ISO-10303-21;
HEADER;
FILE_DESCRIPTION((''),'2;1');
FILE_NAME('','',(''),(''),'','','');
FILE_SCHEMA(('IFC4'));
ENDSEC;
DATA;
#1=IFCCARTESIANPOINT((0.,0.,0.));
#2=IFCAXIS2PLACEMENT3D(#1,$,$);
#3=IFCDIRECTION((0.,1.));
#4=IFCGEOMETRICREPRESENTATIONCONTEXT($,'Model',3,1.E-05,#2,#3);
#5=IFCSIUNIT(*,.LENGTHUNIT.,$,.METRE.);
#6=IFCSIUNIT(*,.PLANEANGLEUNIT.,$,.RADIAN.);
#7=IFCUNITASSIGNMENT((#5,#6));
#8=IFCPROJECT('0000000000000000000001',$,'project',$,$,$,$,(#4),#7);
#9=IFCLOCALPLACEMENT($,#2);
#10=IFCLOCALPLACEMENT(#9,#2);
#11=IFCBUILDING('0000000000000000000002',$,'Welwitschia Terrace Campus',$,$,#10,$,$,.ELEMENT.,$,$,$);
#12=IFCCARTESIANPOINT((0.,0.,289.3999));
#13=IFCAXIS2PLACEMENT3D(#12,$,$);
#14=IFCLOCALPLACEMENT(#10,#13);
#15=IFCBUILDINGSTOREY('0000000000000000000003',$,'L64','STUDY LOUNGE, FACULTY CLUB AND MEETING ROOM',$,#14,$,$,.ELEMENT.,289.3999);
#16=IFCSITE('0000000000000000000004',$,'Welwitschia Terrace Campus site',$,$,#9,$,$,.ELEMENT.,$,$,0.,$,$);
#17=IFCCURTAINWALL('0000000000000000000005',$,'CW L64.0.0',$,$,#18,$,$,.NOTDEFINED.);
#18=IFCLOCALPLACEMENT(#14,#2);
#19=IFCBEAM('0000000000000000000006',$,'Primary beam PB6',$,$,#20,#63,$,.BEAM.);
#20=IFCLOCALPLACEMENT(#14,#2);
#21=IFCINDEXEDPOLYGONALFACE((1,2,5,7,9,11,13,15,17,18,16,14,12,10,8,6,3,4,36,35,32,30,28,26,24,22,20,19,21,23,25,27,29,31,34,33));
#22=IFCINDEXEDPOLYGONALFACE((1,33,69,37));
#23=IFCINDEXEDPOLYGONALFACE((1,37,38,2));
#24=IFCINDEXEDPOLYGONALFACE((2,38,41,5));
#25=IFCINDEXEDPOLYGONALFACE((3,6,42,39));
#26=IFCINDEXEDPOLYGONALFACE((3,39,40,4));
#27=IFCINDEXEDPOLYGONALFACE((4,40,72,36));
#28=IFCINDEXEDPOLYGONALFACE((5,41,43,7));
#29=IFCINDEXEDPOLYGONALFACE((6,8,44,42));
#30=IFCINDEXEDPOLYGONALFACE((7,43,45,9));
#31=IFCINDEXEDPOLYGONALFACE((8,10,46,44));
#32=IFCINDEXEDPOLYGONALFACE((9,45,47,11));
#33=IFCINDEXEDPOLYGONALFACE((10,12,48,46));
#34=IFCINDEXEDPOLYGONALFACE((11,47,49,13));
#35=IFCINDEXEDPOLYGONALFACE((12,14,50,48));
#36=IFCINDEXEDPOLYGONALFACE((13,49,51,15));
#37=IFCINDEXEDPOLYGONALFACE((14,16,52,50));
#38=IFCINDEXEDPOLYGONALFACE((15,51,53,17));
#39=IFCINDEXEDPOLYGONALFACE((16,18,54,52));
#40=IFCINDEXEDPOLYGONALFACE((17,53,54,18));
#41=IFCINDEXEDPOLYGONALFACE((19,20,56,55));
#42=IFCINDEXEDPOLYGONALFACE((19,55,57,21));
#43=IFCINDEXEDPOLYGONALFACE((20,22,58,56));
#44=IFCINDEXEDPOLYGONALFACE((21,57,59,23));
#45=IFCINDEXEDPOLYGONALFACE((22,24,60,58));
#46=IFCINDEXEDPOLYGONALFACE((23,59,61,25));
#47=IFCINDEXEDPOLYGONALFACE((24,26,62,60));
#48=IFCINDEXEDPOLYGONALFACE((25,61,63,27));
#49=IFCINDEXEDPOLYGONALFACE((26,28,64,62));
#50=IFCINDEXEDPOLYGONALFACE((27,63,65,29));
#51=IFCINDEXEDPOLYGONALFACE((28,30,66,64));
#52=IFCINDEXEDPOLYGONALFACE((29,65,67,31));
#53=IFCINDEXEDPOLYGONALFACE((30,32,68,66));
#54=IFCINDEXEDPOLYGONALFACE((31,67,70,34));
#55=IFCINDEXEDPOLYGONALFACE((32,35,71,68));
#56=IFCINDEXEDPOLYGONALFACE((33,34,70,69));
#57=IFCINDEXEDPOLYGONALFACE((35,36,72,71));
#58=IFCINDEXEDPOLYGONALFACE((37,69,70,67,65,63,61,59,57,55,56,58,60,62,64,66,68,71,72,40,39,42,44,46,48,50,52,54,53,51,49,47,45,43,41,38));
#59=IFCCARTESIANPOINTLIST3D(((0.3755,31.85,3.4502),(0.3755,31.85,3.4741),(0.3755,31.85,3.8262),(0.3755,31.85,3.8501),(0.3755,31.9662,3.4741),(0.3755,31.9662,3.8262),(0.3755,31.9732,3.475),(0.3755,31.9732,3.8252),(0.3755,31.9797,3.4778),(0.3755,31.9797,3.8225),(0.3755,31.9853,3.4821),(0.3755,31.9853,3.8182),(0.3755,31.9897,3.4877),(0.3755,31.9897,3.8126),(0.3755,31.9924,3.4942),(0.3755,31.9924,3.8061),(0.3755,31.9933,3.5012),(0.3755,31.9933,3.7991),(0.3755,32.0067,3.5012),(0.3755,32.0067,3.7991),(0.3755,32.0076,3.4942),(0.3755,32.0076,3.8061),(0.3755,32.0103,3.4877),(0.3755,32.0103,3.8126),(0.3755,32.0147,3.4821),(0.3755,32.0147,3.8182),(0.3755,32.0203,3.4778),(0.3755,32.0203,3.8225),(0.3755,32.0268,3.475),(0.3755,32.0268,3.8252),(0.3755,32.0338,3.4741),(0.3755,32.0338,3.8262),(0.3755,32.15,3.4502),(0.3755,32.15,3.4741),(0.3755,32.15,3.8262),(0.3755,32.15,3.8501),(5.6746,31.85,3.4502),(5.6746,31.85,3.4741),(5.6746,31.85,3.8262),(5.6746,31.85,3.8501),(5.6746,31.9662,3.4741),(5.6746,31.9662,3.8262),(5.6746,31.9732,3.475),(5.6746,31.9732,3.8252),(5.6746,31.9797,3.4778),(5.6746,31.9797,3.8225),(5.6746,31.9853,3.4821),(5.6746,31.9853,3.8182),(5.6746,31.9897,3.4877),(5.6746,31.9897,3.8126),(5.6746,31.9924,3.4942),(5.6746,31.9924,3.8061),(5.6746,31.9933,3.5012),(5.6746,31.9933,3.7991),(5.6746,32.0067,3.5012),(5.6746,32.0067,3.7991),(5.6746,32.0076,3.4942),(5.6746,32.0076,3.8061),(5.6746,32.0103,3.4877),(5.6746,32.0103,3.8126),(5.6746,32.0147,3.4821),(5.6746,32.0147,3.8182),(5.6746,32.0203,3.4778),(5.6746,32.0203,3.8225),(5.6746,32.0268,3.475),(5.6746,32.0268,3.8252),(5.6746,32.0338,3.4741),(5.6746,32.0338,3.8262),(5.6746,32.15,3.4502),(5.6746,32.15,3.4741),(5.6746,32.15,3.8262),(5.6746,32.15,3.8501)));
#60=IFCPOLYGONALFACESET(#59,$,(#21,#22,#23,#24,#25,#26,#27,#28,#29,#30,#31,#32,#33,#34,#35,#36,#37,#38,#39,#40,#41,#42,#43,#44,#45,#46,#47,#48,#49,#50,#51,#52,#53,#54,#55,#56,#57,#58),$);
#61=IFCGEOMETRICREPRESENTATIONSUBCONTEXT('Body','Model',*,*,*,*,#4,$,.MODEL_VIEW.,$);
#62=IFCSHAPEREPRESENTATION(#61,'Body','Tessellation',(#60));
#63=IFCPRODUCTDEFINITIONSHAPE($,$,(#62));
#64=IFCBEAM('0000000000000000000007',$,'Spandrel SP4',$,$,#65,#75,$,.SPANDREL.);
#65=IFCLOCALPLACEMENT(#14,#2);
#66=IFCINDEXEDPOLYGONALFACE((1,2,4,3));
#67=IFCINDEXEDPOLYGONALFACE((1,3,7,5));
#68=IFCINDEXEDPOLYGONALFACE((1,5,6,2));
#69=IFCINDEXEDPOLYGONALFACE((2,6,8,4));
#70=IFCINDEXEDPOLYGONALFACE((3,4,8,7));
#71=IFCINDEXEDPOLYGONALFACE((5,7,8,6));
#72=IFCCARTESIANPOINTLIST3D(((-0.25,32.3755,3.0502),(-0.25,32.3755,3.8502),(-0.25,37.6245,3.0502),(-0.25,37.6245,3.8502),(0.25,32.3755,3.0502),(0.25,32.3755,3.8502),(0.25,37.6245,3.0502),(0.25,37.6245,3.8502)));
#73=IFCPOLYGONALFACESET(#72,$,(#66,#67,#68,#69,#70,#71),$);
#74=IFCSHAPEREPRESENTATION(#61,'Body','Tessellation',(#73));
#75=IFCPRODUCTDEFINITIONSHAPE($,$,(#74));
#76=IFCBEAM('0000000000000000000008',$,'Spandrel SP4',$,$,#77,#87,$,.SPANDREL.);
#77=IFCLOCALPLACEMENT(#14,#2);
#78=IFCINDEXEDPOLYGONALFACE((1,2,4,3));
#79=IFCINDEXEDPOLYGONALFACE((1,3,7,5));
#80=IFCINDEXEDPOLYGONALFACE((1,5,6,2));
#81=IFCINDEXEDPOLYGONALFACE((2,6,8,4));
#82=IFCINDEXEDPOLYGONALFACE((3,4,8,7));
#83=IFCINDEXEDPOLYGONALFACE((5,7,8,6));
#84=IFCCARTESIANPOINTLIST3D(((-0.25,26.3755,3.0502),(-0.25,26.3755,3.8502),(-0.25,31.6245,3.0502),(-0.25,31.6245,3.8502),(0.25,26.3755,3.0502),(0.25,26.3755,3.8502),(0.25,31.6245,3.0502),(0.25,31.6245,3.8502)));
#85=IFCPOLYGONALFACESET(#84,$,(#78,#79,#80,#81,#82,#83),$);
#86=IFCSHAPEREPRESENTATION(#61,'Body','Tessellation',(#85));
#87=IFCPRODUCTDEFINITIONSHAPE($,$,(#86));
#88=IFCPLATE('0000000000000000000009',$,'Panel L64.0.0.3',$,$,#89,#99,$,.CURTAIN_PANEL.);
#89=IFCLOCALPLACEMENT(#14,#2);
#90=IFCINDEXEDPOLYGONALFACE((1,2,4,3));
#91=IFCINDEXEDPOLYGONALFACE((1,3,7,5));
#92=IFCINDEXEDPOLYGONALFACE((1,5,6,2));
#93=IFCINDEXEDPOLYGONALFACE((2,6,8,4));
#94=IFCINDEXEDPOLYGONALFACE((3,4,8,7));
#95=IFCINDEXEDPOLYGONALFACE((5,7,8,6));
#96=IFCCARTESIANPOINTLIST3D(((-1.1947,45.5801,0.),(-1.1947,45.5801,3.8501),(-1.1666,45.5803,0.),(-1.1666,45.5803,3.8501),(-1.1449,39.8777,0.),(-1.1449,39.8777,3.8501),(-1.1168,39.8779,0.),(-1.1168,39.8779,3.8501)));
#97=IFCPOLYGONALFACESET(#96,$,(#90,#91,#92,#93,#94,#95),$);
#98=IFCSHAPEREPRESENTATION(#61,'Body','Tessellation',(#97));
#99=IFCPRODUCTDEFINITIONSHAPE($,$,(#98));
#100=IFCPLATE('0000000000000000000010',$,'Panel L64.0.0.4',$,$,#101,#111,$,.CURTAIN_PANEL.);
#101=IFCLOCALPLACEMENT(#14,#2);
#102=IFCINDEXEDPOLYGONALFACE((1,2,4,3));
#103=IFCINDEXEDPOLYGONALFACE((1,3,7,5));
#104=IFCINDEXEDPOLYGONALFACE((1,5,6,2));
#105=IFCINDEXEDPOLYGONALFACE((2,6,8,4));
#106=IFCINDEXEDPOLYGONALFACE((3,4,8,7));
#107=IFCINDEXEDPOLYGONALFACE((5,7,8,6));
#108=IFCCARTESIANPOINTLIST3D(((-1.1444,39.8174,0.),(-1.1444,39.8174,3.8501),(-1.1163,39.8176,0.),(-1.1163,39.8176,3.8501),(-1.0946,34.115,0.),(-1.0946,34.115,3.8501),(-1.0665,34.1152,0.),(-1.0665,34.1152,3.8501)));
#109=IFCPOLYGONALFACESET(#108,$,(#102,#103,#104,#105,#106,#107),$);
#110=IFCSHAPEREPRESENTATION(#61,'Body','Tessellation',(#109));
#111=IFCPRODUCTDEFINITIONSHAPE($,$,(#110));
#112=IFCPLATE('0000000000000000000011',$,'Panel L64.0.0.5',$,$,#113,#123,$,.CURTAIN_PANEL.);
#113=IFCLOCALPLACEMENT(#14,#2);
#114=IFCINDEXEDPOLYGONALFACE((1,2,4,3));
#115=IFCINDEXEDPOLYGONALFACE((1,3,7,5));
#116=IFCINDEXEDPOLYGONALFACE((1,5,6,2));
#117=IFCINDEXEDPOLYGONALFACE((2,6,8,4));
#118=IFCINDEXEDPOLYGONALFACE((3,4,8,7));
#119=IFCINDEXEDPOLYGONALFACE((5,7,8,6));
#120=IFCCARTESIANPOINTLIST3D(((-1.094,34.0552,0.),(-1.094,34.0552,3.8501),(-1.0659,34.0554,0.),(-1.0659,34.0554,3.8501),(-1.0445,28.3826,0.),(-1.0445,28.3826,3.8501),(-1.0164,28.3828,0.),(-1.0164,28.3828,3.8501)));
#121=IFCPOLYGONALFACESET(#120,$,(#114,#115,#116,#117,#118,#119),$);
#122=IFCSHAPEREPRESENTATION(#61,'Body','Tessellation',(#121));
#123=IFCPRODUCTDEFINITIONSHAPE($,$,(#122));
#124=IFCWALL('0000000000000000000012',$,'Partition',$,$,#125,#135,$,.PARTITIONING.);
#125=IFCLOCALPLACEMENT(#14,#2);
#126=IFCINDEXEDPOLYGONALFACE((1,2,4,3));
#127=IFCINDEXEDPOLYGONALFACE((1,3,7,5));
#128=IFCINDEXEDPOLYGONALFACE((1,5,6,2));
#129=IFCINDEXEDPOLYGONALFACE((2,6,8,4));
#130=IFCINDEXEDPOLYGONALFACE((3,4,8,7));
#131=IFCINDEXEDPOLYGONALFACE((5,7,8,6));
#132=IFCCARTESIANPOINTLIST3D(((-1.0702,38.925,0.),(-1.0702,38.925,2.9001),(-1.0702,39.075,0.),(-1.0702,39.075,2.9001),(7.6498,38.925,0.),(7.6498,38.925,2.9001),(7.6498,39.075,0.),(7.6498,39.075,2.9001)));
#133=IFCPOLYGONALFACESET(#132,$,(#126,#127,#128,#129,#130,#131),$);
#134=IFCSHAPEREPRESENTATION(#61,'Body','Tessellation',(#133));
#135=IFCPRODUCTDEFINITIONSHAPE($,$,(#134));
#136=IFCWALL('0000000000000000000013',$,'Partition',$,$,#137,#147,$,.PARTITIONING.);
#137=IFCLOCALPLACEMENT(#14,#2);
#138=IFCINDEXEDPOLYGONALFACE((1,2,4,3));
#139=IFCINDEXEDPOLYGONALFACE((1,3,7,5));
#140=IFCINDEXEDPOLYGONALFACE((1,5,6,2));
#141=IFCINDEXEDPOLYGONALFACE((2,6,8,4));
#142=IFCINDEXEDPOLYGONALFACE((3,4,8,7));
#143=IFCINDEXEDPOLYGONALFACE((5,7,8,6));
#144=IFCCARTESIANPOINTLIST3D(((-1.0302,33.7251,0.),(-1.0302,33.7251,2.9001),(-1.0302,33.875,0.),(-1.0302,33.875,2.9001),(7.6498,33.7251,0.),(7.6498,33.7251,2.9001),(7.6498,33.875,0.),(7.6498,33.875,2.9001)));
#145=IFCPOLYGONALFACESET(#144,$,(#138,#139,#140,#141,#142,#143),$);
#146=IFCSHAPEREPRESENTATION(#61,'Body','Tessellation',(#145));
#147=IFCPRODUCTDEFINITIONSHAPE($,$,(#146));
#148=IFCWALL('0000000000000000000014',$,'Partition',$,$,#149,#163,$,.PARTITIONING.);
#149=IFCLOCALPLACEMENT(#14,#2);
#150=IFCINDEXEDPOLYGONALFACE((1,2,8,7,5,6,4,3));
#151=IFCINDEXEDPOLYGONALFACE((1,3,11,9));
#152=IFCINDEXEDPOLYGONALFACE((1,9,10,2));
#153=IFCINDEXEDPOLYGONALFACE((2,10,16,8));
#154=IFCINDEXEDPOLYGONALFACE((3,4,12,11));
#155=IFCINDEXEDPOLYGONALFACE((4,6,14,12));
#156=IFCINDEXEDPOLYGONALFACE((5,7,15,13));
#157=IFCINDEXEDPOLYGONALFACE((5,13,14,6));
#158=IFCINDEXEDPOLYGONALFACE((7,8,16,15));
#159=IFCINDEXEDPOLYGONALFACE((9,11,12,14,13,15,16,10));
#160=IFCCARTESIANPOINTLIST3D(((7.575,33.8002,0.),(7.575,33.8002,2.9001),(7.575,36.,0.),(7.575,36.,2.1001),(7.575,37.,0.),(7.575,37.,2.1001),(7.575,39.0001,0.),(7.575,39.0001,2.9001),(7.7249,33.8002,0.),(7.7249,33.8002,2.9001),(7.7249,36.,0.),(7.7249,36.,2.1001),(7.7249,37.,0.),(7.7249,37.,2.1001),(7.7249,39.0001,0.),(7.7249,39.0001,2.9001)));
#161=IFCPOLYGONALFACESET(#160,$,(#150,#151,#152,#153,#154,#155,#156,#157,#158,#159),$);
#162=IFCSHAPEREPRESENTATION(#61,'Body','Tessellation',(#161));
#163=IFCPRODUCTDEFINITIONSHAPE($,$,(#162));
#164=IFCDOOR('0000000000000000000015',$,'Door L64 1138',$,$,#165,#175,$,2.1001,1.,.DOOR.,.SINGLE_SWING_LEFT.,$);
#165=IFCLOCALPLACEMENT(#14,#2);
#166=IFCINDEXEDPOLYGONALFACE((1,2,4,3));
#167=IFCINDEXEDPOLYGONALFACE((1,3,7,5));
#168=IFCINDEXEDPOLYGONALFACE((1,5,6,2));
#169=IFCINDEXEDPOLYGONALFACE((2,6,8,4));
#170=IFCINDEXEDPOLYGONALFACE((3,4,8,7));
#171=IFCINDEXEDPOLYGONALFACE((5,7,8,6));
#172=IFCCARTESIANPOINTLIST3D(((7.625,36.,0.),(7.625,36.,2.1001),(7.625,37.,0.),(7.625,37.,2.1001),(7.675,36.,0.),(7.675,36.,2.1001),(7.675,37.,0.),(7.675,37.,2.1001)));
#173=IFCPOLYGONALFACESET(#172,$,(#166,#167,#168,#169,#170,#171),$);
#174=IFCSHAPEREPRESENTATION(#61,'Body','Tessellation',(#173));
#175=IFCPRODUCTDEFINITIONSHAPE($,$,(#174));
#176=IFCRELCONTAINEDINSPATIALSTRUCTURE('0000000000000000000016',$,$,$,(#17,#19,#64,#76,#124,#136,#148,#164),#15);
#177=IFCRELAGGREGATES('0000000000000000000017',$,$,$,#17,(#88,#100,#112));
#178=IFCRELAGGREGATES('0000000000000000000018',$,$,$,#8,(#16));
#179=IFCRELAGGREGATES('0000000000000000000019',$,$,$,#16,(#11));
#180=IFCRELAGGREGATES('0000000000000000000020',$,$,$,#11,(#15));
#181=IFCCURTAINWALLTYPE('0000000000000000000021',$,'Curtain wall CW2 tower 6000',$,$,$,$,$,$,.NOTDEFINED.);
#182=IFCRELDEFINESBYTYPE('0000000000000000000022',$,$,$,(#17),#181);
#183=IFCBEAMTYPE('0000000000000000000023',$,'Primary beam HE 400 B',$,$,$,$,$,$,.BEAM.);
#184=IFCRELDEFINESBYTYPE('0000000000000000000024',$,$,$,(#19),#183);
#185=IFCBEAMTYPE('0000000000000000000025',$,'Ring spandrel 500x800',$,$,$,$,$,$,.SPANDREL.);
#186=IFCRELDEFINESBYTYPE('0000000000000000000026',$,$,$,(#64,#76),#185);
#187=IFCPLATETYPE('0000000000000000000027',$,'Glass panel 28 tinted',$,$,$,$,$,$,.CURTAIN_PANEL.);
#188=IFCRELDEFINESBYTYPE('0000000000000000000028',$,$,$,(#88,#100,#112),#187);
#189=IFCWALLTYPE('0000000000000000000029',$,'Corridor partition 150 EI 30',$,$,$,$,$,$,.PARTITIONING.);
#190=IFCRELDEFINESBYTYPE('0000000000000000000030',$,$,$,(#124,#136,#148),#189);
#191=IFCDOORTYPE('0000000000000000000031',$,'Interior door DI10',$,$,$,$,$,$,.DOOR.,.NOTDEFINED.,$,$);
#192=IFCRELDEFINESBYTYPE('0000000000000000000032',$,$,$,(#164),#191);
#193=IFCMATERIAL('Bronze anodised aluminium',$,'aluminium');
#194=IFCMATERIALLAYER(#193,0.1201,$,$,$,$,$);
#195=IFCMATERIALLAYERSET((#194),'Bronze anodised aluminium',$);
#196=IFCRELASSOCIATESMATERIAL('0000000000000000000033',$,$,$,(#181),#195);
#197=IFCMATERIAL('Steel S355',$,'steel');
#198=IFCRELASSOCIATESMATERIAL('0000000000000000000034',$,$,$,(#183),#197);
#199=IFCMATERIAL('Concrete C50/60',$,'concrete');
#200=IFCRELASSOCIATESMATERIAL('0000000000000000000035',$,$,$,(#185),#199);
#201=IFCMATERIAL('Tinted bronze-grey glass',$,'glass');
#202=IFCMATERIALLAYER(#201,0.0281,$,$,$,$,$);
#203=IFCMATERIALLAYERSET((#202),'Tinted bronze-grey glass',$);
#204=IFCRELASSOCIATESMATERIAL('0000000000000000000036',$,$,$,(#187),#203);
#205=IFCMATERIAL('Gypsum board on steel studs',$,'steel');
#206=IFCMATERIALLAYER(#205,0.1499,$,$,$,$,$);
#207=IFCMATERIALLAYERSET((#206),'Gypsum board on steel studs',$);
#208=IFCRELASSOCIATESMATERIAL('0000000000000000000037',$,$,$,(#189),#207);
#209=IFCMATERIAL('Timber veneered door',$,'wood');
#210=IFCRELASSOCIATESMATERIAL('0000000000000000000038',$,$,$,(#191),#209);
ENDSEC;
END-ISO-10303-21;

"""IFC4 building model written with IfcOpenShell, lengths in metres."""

from ifc_helpers import new_model, si_unit, direction, frame, frame_2d, origin, origin_2d, place, context, subcontext, project, spatial, rectangle, i_section, extrude, material, layer, layer_set, material_profile, profile_set, type_object, element, fill, aggregate, save


model = new_model("IFC4")

# Units and contexts
model_context = context("Model", 3, precision=1e-05, world=origin(), true_north=direction((0.0, 1.0)))
body_context = subcontext(model_context, "Body", "Model", "MODEL_VIEW")
ifc_project = project(units=[si_unit("LENGTHUNIT", "METRE"), si_unit("PLANEANGLEUNIT", "RADIAN")], contexts=[model_context])

# Site, building, storey
site_placement = place(None, origin())
site = spatial("IfcSite", under=ifc_project, at=site_placement, Name="Welwitschia Terrace Campus site", CompositionType="ELEMENT", RefElevation=0.0)
building_placement = place(site_placement, origin())
building = spatial("IfcBuilding", under=site, at=building_placement, Name="Welwitschia Terrace Campus", CompositionType="ELEMENT")
storey_placement = place(building_placement, frame((0.0, 0.0, 289.3999)))
storey = spatial("IfcBuildingStorey", under=building, at=storey_placement, Name="L64", Description="STUDY LOUNGE, FACULTY CLUB AND MEETING ROOM", CompositionType="ELEMENT", Elevation=289.3999)

# Curtain wall
ifc_material_1 = material(Name="Bronze anodised aluminium", Category="aluminium")
ifc_layer_1 = layer(ifc_material_1, 0.1201)
ifc_layer_set_1 = layer_set([ifc_layer_1], Name="Bronze anodised aluminium")
curtain_wall_type = type_object("IfcCurtainWallType", Name="Curtain wall CW2 tower 6000", PredefinedType="NOTDEFINED", material=ifc_layer_set_1)
curtain_wall_placement = place(storey_placement, origin())
curtain_wall = element("IfcCurtainWall", 1, at=curtain_wall_placement, inside=storey, type_object=curtain_wall_type, Name="CW L64.0.0", PredefinedType="NOTDEFINED")

# Beams
ifc_material_2 = material(Name="Steel S355", Category="steel")
ifc_material_profile_1 = material_profile(ifc_material_2, i_section(OverallWidth=0.3, OverallDepth=0.3999, WebThickness=0.0134, FlangeThickness=0.0239, FilletRadius=0.0271, at=origin_2d()))
ifc_profile_set_1 = profile_set([ifc_material_profile_1], Name="Steel S355")
beam_type_1 = type_object("IfcBeamType", Name="Primary beam HE 400 B", PredefinedType="BEAM", material=ifc_profile_set_1)
beam_1_placement = place(storey_placement, frame((0.3755, 32.0, 3.6501), z_axis=(1.0, 0.0, 0.0), x_axis=(0.0, 1.0, 0.0)))
element("IfcBeam", 2, at=beam_1_placement, inside=storey, type_object=beam_type_1, Name="Primary beam PB6", PredefinedType="BEAM", context=body_context, shape_type="SweptSolid", body=[
    extrude(i_section(OverallWidth=0.3, OverallDepth=0.3999, WebThickness=0.0134, FlangeThickness=0.0239, FilletRadius=0.0271, at=origin_2d()), origin(), (0.0, 0.0, 1.0), 5.2991),
])
ifc_material_3 = material(Name="Concrete C50/60", Category="concrete")
ifc_material_profile_2 = material_profile(ifc_material_3, rectangle(XDim=0.5, YDim=0.8, at=origin_2d()))
ifc_profile_set_2 = profile_set([ifc_material_profile_2], Name="Concrete C50/60")
beam_type_2 = type_object("IfcBeamType", Name="Ring spandrel 500x800", PredefinedType="SPANDREL", material=ifc_profile_set_2)
for number, where, z_axis, x_axis, name in (
    (3, (0.0, 37.6245, 3.4502), (0.0, -1.0, 0.0), (1.0, 0.0, 0.0), "Spandrel SP4"),
    (4, (0.0, 31.6245, 3.4502), (0.0, -1.0, 0.0), (1.0, 0.0, 0.0), "Spandrel SP4"),
):
    element("IfcBeam", number, at=place(storey_placement, frame(where, z_axis=z_axis, x_axis=x_axis)), inside=storey, type_object=beam_type_2, Name=name, PredefinedType="SPANDREL", context=body_context, shape_type="SweptSolid", body=[
        extrude(rectangle(XDim=0.5, YDim=0.8, at=origin_2d()), origin(), (0.0, 0.0, 1.0), 5.249),
    ])

# Plates
ifc_material_4 = material(Name="Tinted bronze-grey glass", Category="glass")
ifc_layer_2 = layer(ifc_material_4, 0.0281)
ifc_layer_set_2 = layer_set([ifc_layer_2], Name="Tinted bronze-grey glass")
plate_type = type_object("IfcPlateType", Name="Glass panel 28 tinted", PredefinedType="CURTAIN_PANEL", material=ifc_layer_set_2)
plate_1_placement = place(storey_placement, frame((-1.1558, 42.729, 0.0), z_axis=(0.0, 0.0, 1.0), x_axis=(0.008727, -0.999962, 0.0)))
plate_1 = element("IfcPlate", 5, at=plate_1_placement, type_object=plate_type, Name="Panel L64.0.0.3", PredefinedType="CURTAIN_PANEL", context=body_context, shape_type="SweptSolid", body=[
    extrude(rectangle(XDim=5.7026, YDim=0.0281, at=origin_2d()), origin(), (0.0, 0.0, 1.0), 3.8501),
])
plate_2_placement = place(storey_placement, frame((-1.1055, 36.9663, 0.0), z_axis=(0.0, 0.0, 1.0), x_axis=(0.008727, -0.999962, 0.0)))
plate_2 = element("IfcPlate", 6, at=plate_2_placement, type_object=plate_type, Name="Panel L64.0.0.4", PredefinedType="CURTAIN_PANEL", context=body_context, shape_type="SweptSolid", body=[
    extrude(rectangle(XDim=5.7026, YDim=0.0281, at=origin_2d()), origin(), (0.0, 0.0, 1.0), 3.8501),
])
plate_3_placement = place(storey_placement, frame((-1.0552, 31.219, 0.0), z_axis=(0.0, 0.0, 1.0), x_axis=(0.008727, -0.999962, 0.0)))
plate_3 = element("IfcPlate", 7, at=plate_3_placement, type_object=plate_type, Name="Panel L64.0.0.5", PredefinedType="CURTAIN_PANEL", context=body_context, shape_type="SweptSolid", body=[
    extrude(rectangle(XDim=5.6729, YDim=0.0281, at=origin_2d()), origin(), (0.0, 0.0, 1.0), 3.8501),
])
aggregate(curtain_wall, [plate_1, plate_2, plate_3])

# Walls
ifc_material_5 = material(Name="Gypsum board on steel studs", Category="steel")
ifc_layer_3 = layer(ifc_material_5, 0.1499)
ifc_layer_set_3 = layer_set([ifc_layer_3], Name="Gypsum board on steel studs")
wall_type = type_object("IfcWallType", Name="Corridor partition 150 EI 30", PredefinedType="PARTITIONING", material=ifc_layer_set_3)
wall_1_placement = place(storey_placement, frame((-1.0701, 39.0, 0.0), z_axis=(0.0, 0.0, 1.0), x_axis=(1.0, 0.0, 0.0)))
element("IfcWall", 8, at=wall_1_placement, inside=storey, type_object=wall_type, Name="Partition", PredefinedType="PARTITIONING", context=body_context, shape_type="SweptSolid", body=[
    extrude(rectangle(XDim=8.72, YDim=0.1499, at=frame_2d((4.3599, 0.0))), origin(), (0.0, 0.0, 1.0), 2.9001),
])
wall_2_placement = place(storey_placement, frame((-1.03, 33.8, 0.0), z_axis=(0.0, 0.0, 1.0), x_axis=(1.0, 0.0, 0.0)))
element("IfcWall", 9, at=wall_2_placement, inside=storey, type_object=wall_type, Name="Partition", PredefinedType="PARTITIONING", context=body_context, shape_type="SweptSolid", body=[
    extrude(rectangle(XDim=8.6799, YDim=0.1499, at=frame_2d((4.3398, 0.0))), origin(), (0.0, 0.0, 1.0), 2.9001),
])

# Wall, opening, door
wall_3_placement = place(storey_placement, frame((7.6499, 33.8, 0.0), z_axis=(0.0, 0.0, 1.0), x_axis=(0.0, 1.0, 0.0)))
wall_3 = element("IfcWall", 10, at=wall_3_placement, inside=storey, type_object=wall_type, Name="Partition", PredefinedType="PARTITIONING", context=body_context, shape_type="SweptSolid", body=[
    extrude(rectangle(XDim=5.2, YDim=0.1499, at=frame_2d((2.6001, 0.0))), origin(), (0.0, 0.0, 1.0), 2.9001),
])
opening_1_placement = place(wall_3_placement, frame((2.2, 0.0, 0.0)))
opening_1 = element("IfcOpeningElement", 11, at=opening_1_placement, cuts=wall_3, PredefinedType="OPENING", context=body_context, shape_type="SweptSolid", body=[
    extrude(rectangle(XDim=1.0, YDim=2.1001, at=frame_2d((0.5, 1.05))), frame((0.0, 0.085, 0.0), z_axis=(0.0, -1.0, 0.0), x_axis=(1.0, 0.0, 0.0)), (0.0, 0.0, 1.0), 0.1699),
])
ifc_material_6 = material(Name="Timber veneered door", Category="wood")
door_type_1 = type_object("IfcDoorType", Name="Interior door DI10", OperationType="NOTDEFINED", PredefinedType="DOOR", material=ifc_material_6)
door_1_placement = place(opening_1_placement, origin())
door_1 = element("IfcDoor", 12, at=door_1_placement, inside=storey, type_object=door_type_1, Name="Door L64 1138", OperationType="SINGLE_SWING_LEFT", OverallHeight=2.1001, OverallWidth=1.0, PredefinedType="DOOR", context=body_context, shape_type="SweptSolid", body=[
    extrude(rectangle(XDim=1.0, YDim=2.1001, at=frame_2d((0.5, 1.05))), frame((0.0, 0.0249, 0.0), z_axis=(0.0, -1.0, 0.0), x_axis=(1.0, 0.0, 0.0)), (0.0, 0.0, 1.0), 0.05),
])
fill(opening_1, door_1)

save(model, "model.ifc")
